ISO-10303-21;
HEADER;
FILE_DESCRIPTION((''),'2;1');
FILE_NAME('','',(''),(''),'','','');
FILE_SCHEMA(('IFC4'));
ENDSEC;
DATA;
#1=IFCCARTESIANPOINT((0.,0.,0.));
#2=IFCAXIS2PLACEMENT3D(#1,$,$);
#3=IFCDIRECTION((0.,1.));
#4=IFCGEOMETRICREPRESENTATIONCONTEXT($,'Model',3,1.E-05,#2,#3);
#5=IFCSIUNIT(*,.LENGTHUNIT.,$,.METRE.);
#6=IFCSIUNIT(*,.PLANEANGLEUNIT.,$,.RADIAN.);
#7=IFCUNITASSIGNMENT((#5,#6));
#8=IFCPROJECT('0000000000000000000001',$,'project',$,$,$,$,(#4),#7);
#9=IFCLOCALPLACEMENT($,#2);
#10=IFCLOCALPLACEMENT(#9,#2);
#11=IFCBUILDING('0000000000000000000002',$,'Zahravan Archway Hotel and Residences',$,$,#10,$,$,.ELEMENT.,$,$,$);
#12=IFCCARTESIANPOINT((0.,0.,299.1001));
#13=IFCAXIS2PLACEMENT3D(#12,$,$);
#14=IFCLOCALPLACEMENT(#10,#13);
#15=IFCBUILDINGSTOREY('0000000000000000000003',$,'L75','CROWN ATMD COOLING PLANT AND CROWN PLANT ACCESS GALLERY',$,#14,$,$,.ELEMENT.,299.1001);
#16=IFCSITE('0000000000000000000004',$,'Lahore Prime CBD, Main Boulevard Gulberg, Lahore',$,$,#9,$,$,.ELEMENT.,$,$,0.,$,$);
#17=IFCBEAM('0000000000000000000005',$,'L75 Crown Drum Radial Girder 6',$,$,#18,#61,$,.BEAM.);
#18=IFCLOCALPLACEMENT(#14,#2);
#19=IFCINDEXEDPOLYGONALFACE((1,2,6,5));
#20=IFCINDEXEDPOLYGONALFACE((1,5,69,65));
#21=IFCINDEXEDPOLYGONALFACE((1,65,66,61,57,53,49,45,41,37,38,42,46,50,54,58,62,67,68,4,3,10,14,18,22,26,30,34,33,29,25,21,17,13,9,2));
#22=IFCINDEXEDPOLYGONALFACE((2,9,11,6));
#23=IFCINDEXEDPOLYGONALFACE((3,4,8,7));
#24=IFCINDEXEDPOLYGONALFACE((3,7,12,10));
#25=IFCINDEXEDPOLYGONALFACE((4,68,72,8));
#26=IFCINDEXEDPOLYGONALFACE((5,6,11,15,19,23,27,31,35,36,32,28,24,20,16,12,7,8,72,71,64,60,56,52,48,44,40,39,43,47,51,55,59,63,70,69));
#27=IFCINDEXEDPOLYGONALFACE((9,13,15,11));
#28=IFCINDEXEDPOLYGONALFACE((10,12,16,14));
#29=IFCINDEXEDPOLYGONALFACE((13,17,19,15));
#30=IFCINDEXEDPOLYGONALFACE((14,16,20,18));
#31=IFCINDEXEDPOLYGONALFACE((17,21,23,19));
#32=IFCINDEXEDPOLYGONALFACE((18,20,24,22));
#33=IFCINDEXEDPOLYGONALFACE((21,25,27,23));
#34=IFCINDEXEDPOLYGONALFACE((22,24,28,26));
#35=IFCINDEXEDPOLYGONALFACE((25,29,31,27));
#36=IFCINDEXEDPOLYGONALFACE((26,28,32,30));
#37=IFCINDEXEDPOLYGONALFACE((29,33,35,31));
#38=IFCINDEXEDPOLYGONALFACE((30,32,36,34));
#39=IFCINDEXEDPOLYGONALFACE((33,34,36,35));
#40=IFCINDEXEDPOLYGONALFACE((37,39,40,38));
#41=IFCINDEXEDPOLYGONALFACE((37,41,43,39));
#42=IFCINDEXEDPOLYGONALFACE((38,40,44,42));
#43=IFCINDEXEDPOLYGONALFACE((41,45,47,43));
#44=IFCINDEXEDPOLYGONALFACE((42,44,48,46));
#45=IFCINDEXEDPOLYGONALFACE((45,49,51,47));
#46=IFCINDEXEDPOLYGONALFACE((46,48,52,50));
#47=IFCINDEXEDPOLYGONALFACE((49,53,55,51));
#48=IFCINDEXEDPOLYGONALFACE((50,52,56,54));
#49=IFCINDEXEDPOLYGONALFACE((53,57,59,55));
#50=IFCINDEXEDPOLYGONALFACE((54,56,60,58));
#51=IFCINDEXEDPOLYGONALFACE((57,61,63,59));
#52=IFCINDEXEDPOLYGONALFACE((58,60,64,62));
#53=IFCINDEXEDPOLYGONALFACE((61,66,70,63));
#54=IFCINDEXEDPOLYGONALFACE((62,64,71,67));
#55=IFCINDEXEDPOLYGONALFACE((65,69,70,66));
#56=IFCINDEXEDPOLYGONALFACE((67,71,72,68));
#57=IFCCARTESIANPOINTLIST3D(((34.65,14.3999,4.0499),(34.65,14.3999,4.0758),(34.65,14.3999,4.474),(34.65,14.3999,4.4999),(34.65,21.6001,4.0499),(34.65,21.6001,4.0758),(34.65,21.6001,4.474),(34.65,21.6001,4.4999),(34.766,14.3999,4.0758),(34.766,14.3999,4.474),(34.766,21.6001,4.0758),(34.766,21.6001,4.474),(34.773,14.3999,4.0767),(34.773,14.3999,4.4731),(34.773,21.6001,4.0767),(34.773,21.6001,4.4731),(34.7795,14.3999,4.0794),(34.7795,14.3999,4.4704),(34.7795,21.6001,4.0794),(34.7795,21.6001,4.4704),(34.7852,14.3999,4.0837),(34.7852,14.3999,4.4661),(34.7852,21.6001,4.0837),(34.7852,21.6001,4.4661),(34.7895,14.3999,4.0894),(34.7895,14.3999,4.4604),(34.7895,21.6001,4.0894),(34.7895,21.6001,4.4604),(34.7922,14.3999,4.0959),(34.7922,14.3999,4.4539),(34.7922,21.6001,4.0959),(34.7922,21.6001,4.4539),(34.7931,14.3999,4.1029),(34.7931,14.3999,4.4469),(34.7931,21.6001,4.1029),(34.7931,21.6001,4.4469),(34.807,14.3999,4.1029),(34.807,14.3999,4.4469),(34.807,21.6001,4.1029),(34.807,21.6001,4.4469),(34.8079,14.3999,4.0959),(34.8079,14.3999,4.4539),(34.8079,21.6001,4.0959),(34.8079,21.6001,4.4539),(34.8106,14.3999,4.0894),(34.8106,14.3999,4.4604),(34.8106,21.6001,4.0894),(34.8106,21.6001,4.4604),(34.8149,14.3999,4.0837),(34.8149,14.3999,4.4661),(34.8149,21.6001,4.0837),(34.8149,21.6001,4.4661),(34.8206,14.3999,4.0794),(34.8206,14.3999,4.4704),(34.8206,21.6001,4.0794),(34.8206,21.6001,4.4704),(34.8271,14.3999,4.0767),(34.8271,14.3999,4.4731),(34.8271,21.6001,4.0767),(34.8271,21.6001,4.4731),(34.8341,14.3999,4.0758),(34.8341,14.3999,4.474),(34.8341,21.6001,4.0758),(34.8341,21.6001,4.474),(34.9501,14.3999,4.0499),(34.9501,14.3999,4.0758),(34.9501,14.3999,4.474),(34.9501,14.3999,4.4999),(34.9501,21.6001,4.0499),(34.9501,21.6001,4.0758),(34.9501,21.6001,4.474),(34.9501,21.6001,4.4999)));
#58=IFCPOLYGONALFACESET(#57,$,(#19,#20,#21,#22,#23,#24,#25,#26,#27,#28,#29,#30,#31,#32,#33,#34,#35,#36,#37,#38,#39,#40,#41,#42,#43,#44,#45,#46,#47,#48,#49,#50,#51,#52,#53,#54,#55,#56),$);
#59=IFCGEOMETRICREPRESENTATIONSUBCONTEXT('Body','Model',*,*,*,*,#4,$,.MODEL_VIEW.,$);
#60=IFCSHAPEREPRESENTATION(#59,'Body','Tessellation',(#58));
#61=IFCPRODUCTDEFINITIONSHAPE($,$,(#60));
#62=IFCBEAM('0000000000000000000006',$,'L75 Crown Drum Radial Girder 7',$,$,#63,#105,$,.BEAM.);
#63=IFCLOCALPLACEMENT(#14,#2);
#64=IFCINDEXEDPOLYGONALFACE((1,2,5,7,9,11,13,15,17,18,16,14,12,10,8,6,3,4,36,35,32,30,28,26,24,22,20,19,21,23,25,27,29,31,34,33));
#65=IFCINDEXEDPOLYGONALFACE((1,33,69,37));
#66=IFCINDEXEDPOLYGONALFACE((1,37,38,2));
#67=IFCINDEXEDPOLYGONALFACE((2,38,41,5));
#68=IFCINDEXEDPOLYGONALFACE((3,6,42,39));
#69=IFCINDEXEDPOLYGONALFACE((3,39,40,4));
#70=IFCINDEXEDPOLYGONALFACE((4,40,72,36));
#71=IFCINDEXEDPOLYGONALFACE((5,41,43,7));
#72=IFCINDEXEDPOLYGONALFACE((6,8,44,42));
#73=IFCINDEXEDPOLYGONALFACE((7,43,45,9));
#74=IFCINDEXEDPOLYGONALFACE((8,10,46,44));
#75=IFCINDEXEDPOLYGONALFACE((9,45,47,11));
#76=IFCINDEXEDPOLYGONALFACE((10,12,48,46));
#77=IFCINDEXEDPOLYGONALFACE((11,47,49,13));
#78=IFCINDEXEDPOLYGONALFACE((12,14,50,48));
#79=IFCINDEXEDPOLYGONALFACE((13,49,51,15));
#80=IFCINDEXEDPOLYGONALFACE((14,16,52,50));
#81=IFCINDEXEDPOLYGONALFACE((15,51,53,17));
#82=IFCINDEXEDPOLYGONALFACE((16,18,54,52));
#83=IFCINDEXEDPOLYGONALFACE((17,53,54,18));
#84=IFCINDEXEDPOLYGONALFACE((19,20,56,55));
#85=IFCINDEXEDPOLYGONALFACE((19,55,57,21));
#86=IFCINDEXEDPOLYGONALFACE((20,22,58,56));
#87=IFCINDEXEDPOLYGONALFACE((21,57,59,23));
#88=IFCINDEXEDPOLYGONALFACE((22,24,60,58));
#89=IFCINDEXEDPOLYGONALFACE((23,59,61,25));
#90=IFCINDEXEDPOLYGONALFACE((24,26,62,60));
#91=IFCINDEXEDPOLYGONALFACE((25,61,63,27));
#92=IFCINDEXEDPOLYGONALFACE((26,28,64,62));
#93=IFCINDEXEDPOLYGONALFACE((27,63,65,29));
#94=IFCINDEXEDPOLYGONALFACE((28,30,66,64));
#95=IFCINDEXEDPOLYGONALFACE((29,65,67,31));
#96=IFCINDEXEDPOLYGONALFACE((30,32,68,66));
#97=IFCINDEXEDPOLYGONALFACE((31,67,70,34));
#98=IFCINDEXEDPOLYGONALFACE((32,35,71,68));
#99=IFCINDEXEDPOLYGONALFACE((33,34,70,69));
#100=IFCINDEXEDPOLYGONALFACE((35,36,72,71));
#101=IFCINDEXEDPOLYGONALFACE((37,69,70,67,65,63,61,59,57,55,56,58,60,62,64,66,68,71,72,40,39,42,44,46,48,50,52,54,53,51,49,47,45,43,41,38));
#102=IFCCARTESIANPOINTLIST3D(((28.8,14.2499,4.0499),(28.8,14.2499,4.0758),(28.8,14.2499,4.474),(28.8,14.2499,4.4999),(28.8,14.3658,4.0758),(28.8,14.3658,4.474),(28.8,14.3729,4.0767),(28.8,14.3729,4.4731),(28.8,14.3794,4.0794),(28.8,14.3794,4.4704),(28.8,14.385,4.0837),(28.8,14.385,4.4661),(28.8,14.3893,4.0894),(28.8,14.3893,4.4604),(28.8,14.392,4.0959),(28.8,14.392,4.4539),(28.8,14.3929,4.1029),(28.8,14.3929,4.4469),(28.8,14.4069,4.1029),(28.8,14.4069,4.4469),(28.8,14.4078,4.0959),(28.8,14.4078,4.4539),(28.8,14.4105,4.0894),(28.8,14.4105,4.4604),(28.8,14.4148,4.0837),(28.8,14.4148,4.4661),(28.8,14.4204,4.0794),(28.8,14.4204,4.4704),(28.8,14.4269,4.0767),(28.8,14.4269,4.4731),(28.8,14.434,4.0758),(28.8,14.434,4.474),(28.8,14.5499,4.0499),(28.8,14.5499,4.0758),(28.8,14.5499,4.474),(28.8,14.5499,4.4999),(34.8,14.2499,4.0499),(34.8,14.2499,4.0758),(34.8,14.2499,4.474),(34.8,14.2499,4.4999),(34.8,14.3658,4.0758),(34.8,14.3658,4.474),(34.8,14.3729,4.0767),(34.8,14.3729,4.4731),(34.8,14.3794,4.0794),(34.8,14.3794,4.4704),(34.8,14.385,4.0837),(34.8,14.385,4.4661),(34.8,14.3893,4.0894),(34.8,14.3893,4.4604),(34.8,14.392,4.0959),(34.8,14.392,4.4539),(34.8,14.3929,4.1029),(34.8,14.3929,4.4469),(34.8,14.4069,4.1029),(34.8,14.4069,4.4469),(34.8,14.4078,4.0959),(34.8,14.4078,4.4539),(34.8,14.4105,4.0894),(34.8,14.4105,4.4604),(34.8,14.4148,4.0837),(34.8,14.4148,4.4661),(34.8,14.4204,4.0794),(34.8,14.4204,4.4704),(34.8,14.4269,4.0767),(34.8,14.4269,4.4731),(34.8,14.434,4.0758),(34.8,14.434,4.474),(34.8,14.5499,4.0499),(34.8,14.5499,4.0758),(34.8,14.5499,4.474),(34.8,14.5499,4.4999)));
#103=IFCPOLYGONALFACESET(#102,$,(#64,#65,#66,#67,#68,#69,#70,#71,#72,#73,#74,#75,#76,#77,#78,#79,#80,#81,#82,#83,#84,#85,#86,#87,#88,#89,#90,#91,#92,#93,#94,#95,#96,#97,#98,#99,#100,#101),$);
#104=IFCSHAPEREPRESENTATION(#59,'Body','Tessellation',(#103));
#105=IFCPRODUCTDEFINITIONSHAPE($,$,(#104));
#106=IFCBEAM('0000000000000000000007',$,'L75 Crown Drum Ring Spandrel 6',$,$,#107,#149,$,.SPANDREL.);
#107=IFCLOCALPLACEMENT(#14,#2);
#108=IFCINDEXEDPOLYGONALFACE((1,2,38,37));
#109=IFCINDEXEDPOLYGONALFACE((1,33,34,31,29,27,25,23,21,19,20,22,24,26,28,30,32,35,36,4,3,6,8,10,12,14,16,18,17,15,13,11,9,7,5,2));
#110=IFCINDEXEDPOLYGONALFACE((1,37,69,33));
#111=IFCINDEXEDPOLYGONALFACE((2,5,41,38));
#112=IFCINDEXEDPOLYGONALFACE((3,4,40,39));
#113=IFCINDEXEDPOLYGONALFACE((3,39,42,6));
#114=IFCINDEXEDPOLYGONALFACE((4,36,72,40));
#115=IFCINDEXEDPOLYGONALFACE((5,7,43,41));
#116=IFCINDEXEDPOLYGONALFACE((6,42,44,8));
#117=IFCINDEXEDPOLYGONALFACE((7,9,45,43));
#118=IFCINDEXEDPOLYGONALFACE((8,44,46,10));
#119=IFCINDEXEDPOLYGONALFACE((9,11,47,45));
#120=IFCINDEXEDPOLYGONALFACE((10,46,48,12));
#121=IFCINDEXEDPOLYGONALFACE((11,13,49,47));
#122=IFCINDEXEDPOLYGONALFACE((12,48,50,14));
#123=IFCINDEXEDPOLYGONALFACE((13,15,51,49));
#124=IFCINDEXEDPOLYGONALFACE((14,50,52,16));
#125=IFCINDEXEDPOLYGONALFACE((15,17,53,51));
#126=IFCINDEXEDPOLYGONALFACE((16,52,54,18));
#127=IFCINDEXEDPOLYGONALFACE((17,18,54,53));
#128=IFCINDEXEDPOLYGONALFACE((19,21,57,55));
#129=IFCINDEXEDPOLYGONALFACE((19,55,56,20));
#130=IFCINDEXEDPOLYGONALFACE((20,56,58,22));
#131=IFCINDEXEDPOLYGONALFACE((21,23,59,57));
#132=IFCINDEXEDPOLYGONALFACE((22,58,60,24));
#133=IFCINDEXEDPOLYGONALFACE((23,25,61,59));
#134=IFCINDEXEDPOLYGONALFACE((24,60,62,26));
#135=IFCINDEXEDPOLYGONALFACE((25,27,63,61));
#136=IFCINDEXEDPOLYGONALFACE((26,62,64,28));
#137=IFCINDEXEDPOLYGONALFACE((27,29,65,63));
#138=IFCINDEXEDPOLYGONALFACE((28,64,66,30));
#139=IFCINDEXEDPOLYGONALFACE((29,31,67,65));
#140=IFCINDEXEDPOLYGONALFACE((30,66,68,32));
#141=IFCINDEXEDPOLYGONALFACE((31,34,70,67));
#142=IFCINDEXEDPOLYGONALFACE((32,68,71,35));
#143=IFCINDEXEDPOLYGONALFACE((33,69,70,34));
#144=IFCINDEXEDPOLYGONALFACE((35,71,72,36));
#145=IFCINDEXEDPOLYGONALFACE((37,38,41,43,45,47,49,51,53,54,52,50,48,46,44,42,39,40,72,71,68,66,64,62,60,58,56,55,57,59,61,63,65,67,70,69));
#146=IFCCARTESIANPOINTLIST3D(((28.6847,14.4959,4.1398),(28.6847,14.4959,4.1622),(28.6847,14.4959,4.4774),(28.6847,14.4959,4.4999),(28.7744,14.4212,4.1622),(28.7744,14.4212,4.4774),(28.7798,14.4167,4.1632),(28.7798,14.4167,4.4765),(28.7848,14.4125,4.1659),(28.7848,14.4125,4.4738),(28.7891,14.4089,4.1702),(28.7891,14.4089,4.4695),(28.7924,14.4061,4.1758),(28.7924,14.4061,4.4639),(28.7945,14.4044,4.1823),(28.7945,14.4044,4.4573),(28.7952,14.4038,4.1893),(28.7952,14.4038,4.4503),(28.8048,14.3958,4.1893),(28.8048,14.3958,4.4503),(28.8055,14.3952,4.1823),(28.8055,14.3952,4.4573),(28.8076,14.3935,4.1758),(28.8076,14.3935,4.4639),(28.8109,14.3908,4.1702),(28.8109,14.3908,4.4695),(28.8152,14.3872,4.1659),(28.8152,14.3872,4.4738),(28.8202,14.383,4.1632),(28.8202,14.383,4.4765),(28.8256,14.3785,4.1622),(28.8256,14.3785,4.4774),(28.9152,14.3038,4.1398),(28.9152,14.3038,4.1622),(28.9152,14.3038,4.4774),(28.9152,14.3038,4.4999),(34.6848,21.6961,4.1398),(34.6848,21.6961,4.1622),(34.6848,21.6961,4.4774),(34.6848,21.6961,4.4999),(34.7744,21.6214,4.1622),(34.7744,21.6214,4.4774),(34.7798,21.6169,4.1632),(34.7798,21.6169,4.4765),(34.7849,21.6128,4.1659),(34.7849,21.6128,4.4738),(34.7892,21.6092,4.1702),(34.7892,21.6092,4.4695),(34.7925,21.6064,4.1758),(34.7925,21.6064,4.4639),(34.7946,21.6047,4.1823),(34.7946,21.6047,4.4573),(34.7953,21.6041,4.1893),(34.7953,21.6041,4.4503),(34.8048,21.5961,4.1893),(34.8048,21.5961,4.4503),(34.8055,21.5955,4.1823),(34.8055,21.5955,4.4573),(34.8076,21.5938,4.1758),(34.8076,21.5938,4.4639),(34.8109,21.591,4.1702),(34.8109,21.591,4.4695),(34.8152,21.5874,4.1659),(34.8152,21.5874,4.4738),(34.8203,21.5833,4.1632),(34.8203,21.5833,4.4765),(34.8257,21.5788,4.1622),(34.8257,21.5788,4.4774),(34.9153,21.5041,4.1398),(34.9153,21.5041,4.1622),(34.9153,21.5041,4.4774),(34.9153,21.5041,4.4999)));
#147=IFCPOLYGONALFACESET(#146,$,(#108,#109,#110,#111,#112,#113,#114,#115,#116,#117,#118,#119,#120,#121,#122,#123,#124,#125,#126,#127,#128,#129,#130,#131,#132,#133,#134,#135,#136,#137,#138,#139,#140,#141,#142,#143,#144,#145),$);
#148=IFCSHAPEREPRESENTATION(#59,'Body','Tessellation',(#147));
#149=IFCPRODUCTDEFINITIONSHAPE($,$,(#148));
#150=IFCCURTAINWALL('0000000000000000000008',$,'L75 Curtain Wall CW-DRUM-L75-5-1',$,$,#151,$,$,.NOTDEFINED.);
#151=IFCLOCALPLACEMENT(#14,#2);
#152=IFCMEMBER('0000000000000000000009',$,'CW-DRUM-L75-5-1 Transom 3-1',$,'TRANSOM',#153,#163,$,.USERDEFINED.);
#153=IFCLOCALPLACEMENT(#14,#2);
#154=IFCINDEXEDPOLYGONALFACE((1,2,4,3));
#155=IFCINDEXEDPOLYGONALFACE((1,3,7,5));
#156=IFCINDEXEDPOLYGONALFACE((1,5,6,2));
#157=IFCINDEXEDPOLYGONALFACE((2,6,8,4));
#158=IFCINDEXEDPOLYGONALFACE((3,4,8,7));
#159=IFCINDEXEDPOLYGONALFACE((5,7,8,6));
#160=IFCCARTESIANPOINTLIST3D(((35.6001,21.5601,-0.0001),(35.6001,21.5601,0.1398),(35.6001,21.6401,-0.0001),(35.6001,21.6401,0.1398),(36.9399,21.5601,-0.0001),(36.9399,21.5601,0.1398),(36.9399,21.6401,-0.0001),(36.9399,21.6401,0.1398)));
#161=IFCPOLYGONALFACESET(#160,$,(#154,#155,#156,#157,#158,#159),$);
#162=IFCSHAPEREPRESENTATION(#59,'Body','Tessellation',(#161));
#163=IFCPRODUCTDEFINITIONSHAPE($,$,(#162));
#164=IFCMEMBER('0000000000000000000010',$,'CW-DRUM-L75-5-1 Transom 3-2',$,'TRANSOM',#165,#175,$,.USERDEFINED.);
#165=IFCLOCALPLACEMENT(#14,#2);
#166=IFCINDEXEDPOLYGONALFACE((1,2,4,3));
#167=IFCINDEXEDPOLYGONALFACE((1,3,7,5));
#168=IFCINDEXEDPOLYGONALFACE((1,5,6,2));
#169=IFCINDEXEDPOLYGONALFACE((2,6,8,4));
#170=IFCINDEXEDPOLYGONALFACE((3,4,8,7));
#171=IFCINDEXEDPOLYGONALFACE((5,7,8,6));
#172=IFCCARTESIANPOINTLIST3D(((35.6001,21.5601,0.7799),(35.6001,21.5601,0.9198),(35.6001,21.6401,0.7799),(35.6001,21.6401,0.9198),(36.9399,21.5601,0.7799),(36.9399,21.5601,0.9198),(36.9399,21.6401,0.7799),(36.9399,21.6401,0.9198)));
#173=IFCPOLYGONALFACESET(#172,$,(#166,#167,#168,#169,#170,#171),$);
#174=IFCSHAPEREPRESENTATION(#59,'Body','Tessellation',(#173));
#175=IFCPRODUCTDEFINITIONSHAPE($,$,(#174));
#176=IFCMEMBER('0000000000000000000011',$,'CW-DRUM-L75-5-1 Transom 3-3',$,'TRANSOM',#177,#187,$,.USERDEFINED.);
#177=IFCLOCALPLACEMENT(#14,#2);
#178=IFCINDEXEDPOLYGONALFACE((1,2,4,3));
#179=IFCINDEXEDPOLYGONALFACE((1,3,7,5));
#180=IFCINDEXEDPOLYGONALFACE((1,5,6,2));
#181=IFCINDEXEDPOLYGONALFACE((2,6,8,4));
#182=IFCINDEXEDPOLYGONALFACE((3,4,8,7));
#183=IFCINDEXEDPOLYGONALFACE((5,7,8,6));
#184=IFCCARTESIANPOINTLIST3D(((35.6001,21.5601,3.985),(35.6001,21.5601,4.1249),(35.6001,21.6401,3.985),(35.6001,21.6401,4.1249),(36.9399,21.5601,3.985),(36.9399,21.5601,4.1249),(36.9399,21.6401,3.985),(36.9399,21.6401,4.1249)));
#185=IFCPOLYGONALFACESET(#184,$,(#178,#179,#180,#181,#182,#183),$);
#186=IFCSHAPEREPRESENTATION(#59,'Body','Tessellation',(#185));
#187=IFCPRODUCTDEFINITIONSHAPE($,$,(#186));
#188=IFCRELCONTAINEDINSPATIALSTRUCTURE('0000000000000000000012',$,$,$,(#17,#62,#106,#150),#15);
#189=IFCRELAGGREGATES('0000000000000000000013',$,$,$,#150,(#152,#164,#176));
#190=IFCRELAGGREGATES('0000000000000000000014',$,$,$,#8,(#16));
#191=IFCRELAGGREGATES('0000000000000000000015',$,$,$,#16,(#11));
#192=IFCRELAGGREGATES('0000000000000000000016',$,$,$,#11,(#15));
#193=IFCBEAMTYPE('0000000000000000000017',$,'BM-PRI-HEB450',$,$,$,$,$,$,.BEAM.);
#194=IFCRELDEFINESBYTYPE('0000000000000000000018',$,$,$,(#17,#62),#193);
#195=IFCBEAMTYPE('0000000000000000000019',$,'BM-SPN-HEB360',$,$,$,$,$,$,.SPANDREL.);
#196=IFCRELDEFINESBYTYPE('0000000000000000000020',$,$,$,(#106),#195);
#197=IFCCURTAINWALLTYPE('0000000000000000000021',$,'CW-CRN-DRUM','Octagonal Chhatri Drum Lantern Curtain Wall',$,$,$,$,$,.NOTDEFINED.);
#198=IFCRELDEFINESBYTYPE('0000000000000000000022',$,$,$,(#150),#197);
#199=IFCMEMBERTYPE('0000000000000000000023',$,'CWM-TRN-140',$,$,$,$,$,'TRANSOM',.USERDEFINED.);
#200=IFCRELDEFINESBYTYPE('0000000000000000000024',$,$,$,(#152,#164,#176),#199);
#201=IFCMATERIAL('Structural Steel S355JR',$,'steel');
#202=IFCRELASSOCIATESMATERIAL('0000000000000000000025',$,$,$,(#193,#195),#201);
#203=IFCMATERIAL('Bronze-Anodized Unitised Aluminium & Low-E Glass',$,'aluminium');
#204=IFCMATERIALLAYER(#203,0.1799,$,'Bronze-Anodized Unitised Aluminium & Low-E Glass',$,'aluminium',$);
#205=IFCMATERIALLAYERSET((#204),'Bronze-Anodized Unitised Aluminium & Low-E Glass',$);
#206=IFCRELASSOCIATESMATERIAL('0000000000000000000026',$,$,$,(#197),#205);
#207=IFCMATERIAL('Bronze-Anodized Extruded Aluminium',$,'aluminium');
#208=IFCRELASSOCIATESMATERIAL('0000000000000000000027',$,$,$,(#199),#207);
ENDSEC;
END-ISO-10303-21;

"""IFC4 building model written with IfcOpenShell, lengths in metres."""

from ifc_helpers import new_model, si_unit, direction, frame, origin, origin_2d, place, context, subcontext, project, spatial, rectangle, i_section, extrude, source, transform, mapped, material, layer, layer_set, material_profile, profile_set, type_object, type_shapes, element, aggregate, save


model = new_model("IFC4")

# Units and contexts
model_context = context("Model", 3, precision=1e-05, world=origin(), true_north=direction((0.0, 1.0)))
body_context = subcontext(model_context, "Body", "Model", "MODEL_VIEW")
ifc_project = project(units=[si_unit("LENGTHUNIT", "METRE"), si_unit("PLANEANGLEUNIT", "RADIAN")], contexts=[model_context])

# Site, building, storey
site_placement = place(None, origin())
site = spatial("IfcSite", under=ifc_project, at=site_placement, Name="Lahore Prime CBD, Main Boulevard Gulberg, Lahore", CompositionType="ELEMENT", RefElevation=0.0)
building_placement = place(site_placement, origin())
building = spatial("IfcBuilding", under=site, at=building_placement, Name="Zahravan Archway Hotel and Residences", CompositionType="ELEMENT")
storey_placement = place(building_placement, frame((0.0, 0.0, 299.1001)))
storey = spatial("IfcBuildingStorey", under=building, at=storey_placement, Name="L75", Description="CROWN ATMD COOLING PLANT AND CROWN PLANT ACCESS GALLERY", CompositionType="ELEMENT", Elevation=299.1001)

# Beams
ifc_material_1 = material(Name="Structural Steel S355JR", Category="steel")
ifc_material_profile_1 = material_profile(ifc_material_1, i_section(OverallWidth=0.3, OverallDepth=0.45, WebThickness=0.0139, FlangeThickness=0.0259, FilletRadius=0.0271, at=origin_2d()), Name="HEB 450", Category="steel")
ifc_profile_set_1 = profile_set([ifc_material_profile_1], Name="Structural Steel S355JR")
beam_type_1 = type_object("IfcBeamType", Name="BM-PRI-HEB450", PredefinedType="BEAM", material=ifc_profile_set_1)
shared_shape_1 = source(origin(), body_context, "Body", "SweptSolid", [
    extrude(i_section(OverallWidth=0.3, OverallDepth=0.45, WebThickness=0.0139, FlangeThickness=0.0259, FilletRadius=0.0271, at=origin_2d()), origin(), (0.0, 0.0, 1.0), 7.2002),
])
type_shapes(beam_type_1, [shared_shape_1])
beam_1_placement = place(storey_placement, frame((34.8, 14.3999, 4.2749), z_axis=(0.0, 1.0, 0.0), x_axis=(-1.0, 0.0, 0.0)))
element("IfcBeam", 1, at=beam_1_placement, inside=storey, type_object=beam_type_1, Name="L75 Crown Drum Radial Girder 6", PredefinedType="BEAM", context=body_context, shape_type="MappedRepresentation", body=[
    mapped(shared_shape_1, transform((0.0, 0.0, 0.0), scale=1.0)),
])
shared_shape_2 = source(origin(), body_context, "Body", "SweptSolid", [
    extrude(i_section(OverallWidth=0.3, OverallDepth=0.45, WebThickness=0.0139, FlangeThickness=0.0259, FilletRadius=0.0271, at=origin_2d()), origin(), (0.0, 0.0, 1.0), 6.0),
])
beam_2_placement = place(storey_placement, frame((34.8, 14.3999, 4.2749), z_axis=(-1.0, 0.0, 0.0), x_axis=(0.0, -1.0, 0.0)))
element("IfcBeam", 2, at=beam_2_placement, inside=storey, type_object=beam_type_1, Name="L75 Crown Drum Radial Girder 7", PredefinedType="BEAM", context=body_context, shape_type="MappedRepresentation", body=[
    mapped(shared_shape_2, transform((0.0, 0.0, 0.0), scale=1.0)),
])
ifc_material_profile_2 = material_profile(ifc_material_1, i_section(OverallWidth=0.3, OverallDepth=0.3601, WebThickness=0.0125, FlangeThickness=0.0225, FilletRadius=0.0271, at=origin_2d()), Name="HEB 360", Category="steel")
ifc_profile_set_2 = profile_set([ifc_material_profile_2], Name="Structural Steel S355JR")
beam_type_2 = type_object("IfcBeamType", Name="BM-SPN-HEB360", PredefinedType="SPANDREL", material=ifc_profile_set_2)
shared_shape_3 = source(origin(), body_context, "Body", "SweptSolid", [
    extrude(i_section(OverallWidth=0.3, OverallDepth=0.3601, WebThickness=0.0125, FlangeThickness=0.0225, FilletRadius=0.0271, at=origin_2d()), origin(), (0.0, 0.0, 1.0), 9.3726),
])
beam_3_placement = place(storey_placement, frame((34.8, 21.6001, 4.3198), z_axis=(-0.640174, -0.76823, 0.0), x_axis=(0.76823, -0.640174, 0.0)))
element("IfcBeam", 3, at=beam_3_placement, inside=storey, type_object=beam_type_2, Name="L75 Crown Drum Ring Spandrel 6", PredefinedType="SPANDREL", context=body_context, shape_type="MappedRepresentation", body=[
    mapped(shared_shape_3, transform((0.0, 0.0, 0.0), scale=1.0)),
])

# Curtain wall, members
ifc_material_2 = material(Name="Bronze-Anodized Unitised Aluminium & Low-E Glass", Category="aluminium")
ifc_layer_1 = layer(ifc_material_2, 0.1799, Name="Bronze-Anodized Unitised Aluminium & Low-E Glass", Category="aluminium")
ifc_layer_set_1 = layer_set([ifc_layer_1], Name="Bronze-Anodized Unitised Aluminium & Low-E Glass")
curtain_wall_type = type_object("IfcCurtainWallType", Name="CW-CRN-DRUM", Description="Octagonal Chhatri Drum Lantern Curtain Wall", PredefinedType="NOTDEFINED", material=ifc_layer_set_1)
curtain_wall_placement = place(storey_placement, origin())
curtain_wall = element("IfcCurtainWall", 4, at=curtain_wall_placement, inside=storey, type_object=curtain_wall_type, Name="L75 Curtain Wall CW-DRUM-L75-5-1", PredefinedType="NOTDEFINED")
ifc_material_3 = material(Name="Bronze-Anodized Extruded Aluminium", Category="aluminium")
ifc_material_profile_3 = material_profile(ifc_material_3, rectangle(XDim=0.0801, YDim=0.1399, at=origin_2d()), Name="TRN 80x140", Category="aluminium")
ifc_profile_set_3 = profile_set([ifc_material_profile_3], Name="Bronze-Anodized Extruded Aluminium")
member_type_1 = type_object("IfcMemberType", Name="CWM-TRN-140", ElementType="TRANSOM", PredefinedType="USERDEFINED", material=ifc_profile_set_3)
shared_shape_4 = source(origin(), body_context, "Body", "SweptSolid", [
    extrude(rectangle(XDim=0.0801, YDim=0.1399, at=origin_2d()), origin(), (0.0, 0.0, 1.0), 1.3398),
])
member_1_placement = place(storey_placement, frame((36.9399, 21.6001, 0.0698), z_axis=(-1.0, 0.0, 0.0), x_axis=(0.0, -1.0, 0.0)))
member_1 = element("IfcMember", 5, at=member_1_placement, type_object=member_type_1, Name="CW-DRUM-L75-5-1 Transom 3-1", ObjectType="TRANSOM", PredefinedType="USERDEFINED", context=body_context, shape_type="MappedRepresentation", body=[
    mapped(shared_shape_4, transform((0.0, 0.0, 0.0), scale=1.0)),
])
member_2_placement = place(storey_placement, frame((36.9399, 21.6001, 0.8499), z_axis=(-1.0, 0.0, 0.0), x_axis=(0.0, -1.0, 0.0)))
member_2 = element("IfcMember", 6, at=member_2_placement, type_object=member_type_1, Name="CW-DRUM-L75-5-1 Transom 3-2", ObjectType="TRANSOM", PredefinedType="USERDEFINED", context=body_context, shape_type="MappedRepresentation", body=[
    mapped(shared_shape_4, transform((0.0, 0.0, 0.0), scale=1.0)),
])
member_3_placement = place(storey_placement, frame((36.9399, 21.6001, 4.0549), z_axis=(-1.0, 0.0, 0.0), x_axis=(0.0, -1.0, 0.0)))
member_3 = element("IfcMember", 7, at=member_3_placement, type_object=member_type_1, Name="CW-DRUM-L75-5-1 Transom 3-3", ObjectType="TRANSOM", PredefinedType="USERDEFINED", context=body_context, shape_type="MappedRepresentation", body=[
    mapped(shared_shape_4, transform((0.0, 0.0, 0.0), scale=1.0)),
])

aggregate(curtain_wall, [member_1, member_2, member_3])

save(model, "model.ifc")
